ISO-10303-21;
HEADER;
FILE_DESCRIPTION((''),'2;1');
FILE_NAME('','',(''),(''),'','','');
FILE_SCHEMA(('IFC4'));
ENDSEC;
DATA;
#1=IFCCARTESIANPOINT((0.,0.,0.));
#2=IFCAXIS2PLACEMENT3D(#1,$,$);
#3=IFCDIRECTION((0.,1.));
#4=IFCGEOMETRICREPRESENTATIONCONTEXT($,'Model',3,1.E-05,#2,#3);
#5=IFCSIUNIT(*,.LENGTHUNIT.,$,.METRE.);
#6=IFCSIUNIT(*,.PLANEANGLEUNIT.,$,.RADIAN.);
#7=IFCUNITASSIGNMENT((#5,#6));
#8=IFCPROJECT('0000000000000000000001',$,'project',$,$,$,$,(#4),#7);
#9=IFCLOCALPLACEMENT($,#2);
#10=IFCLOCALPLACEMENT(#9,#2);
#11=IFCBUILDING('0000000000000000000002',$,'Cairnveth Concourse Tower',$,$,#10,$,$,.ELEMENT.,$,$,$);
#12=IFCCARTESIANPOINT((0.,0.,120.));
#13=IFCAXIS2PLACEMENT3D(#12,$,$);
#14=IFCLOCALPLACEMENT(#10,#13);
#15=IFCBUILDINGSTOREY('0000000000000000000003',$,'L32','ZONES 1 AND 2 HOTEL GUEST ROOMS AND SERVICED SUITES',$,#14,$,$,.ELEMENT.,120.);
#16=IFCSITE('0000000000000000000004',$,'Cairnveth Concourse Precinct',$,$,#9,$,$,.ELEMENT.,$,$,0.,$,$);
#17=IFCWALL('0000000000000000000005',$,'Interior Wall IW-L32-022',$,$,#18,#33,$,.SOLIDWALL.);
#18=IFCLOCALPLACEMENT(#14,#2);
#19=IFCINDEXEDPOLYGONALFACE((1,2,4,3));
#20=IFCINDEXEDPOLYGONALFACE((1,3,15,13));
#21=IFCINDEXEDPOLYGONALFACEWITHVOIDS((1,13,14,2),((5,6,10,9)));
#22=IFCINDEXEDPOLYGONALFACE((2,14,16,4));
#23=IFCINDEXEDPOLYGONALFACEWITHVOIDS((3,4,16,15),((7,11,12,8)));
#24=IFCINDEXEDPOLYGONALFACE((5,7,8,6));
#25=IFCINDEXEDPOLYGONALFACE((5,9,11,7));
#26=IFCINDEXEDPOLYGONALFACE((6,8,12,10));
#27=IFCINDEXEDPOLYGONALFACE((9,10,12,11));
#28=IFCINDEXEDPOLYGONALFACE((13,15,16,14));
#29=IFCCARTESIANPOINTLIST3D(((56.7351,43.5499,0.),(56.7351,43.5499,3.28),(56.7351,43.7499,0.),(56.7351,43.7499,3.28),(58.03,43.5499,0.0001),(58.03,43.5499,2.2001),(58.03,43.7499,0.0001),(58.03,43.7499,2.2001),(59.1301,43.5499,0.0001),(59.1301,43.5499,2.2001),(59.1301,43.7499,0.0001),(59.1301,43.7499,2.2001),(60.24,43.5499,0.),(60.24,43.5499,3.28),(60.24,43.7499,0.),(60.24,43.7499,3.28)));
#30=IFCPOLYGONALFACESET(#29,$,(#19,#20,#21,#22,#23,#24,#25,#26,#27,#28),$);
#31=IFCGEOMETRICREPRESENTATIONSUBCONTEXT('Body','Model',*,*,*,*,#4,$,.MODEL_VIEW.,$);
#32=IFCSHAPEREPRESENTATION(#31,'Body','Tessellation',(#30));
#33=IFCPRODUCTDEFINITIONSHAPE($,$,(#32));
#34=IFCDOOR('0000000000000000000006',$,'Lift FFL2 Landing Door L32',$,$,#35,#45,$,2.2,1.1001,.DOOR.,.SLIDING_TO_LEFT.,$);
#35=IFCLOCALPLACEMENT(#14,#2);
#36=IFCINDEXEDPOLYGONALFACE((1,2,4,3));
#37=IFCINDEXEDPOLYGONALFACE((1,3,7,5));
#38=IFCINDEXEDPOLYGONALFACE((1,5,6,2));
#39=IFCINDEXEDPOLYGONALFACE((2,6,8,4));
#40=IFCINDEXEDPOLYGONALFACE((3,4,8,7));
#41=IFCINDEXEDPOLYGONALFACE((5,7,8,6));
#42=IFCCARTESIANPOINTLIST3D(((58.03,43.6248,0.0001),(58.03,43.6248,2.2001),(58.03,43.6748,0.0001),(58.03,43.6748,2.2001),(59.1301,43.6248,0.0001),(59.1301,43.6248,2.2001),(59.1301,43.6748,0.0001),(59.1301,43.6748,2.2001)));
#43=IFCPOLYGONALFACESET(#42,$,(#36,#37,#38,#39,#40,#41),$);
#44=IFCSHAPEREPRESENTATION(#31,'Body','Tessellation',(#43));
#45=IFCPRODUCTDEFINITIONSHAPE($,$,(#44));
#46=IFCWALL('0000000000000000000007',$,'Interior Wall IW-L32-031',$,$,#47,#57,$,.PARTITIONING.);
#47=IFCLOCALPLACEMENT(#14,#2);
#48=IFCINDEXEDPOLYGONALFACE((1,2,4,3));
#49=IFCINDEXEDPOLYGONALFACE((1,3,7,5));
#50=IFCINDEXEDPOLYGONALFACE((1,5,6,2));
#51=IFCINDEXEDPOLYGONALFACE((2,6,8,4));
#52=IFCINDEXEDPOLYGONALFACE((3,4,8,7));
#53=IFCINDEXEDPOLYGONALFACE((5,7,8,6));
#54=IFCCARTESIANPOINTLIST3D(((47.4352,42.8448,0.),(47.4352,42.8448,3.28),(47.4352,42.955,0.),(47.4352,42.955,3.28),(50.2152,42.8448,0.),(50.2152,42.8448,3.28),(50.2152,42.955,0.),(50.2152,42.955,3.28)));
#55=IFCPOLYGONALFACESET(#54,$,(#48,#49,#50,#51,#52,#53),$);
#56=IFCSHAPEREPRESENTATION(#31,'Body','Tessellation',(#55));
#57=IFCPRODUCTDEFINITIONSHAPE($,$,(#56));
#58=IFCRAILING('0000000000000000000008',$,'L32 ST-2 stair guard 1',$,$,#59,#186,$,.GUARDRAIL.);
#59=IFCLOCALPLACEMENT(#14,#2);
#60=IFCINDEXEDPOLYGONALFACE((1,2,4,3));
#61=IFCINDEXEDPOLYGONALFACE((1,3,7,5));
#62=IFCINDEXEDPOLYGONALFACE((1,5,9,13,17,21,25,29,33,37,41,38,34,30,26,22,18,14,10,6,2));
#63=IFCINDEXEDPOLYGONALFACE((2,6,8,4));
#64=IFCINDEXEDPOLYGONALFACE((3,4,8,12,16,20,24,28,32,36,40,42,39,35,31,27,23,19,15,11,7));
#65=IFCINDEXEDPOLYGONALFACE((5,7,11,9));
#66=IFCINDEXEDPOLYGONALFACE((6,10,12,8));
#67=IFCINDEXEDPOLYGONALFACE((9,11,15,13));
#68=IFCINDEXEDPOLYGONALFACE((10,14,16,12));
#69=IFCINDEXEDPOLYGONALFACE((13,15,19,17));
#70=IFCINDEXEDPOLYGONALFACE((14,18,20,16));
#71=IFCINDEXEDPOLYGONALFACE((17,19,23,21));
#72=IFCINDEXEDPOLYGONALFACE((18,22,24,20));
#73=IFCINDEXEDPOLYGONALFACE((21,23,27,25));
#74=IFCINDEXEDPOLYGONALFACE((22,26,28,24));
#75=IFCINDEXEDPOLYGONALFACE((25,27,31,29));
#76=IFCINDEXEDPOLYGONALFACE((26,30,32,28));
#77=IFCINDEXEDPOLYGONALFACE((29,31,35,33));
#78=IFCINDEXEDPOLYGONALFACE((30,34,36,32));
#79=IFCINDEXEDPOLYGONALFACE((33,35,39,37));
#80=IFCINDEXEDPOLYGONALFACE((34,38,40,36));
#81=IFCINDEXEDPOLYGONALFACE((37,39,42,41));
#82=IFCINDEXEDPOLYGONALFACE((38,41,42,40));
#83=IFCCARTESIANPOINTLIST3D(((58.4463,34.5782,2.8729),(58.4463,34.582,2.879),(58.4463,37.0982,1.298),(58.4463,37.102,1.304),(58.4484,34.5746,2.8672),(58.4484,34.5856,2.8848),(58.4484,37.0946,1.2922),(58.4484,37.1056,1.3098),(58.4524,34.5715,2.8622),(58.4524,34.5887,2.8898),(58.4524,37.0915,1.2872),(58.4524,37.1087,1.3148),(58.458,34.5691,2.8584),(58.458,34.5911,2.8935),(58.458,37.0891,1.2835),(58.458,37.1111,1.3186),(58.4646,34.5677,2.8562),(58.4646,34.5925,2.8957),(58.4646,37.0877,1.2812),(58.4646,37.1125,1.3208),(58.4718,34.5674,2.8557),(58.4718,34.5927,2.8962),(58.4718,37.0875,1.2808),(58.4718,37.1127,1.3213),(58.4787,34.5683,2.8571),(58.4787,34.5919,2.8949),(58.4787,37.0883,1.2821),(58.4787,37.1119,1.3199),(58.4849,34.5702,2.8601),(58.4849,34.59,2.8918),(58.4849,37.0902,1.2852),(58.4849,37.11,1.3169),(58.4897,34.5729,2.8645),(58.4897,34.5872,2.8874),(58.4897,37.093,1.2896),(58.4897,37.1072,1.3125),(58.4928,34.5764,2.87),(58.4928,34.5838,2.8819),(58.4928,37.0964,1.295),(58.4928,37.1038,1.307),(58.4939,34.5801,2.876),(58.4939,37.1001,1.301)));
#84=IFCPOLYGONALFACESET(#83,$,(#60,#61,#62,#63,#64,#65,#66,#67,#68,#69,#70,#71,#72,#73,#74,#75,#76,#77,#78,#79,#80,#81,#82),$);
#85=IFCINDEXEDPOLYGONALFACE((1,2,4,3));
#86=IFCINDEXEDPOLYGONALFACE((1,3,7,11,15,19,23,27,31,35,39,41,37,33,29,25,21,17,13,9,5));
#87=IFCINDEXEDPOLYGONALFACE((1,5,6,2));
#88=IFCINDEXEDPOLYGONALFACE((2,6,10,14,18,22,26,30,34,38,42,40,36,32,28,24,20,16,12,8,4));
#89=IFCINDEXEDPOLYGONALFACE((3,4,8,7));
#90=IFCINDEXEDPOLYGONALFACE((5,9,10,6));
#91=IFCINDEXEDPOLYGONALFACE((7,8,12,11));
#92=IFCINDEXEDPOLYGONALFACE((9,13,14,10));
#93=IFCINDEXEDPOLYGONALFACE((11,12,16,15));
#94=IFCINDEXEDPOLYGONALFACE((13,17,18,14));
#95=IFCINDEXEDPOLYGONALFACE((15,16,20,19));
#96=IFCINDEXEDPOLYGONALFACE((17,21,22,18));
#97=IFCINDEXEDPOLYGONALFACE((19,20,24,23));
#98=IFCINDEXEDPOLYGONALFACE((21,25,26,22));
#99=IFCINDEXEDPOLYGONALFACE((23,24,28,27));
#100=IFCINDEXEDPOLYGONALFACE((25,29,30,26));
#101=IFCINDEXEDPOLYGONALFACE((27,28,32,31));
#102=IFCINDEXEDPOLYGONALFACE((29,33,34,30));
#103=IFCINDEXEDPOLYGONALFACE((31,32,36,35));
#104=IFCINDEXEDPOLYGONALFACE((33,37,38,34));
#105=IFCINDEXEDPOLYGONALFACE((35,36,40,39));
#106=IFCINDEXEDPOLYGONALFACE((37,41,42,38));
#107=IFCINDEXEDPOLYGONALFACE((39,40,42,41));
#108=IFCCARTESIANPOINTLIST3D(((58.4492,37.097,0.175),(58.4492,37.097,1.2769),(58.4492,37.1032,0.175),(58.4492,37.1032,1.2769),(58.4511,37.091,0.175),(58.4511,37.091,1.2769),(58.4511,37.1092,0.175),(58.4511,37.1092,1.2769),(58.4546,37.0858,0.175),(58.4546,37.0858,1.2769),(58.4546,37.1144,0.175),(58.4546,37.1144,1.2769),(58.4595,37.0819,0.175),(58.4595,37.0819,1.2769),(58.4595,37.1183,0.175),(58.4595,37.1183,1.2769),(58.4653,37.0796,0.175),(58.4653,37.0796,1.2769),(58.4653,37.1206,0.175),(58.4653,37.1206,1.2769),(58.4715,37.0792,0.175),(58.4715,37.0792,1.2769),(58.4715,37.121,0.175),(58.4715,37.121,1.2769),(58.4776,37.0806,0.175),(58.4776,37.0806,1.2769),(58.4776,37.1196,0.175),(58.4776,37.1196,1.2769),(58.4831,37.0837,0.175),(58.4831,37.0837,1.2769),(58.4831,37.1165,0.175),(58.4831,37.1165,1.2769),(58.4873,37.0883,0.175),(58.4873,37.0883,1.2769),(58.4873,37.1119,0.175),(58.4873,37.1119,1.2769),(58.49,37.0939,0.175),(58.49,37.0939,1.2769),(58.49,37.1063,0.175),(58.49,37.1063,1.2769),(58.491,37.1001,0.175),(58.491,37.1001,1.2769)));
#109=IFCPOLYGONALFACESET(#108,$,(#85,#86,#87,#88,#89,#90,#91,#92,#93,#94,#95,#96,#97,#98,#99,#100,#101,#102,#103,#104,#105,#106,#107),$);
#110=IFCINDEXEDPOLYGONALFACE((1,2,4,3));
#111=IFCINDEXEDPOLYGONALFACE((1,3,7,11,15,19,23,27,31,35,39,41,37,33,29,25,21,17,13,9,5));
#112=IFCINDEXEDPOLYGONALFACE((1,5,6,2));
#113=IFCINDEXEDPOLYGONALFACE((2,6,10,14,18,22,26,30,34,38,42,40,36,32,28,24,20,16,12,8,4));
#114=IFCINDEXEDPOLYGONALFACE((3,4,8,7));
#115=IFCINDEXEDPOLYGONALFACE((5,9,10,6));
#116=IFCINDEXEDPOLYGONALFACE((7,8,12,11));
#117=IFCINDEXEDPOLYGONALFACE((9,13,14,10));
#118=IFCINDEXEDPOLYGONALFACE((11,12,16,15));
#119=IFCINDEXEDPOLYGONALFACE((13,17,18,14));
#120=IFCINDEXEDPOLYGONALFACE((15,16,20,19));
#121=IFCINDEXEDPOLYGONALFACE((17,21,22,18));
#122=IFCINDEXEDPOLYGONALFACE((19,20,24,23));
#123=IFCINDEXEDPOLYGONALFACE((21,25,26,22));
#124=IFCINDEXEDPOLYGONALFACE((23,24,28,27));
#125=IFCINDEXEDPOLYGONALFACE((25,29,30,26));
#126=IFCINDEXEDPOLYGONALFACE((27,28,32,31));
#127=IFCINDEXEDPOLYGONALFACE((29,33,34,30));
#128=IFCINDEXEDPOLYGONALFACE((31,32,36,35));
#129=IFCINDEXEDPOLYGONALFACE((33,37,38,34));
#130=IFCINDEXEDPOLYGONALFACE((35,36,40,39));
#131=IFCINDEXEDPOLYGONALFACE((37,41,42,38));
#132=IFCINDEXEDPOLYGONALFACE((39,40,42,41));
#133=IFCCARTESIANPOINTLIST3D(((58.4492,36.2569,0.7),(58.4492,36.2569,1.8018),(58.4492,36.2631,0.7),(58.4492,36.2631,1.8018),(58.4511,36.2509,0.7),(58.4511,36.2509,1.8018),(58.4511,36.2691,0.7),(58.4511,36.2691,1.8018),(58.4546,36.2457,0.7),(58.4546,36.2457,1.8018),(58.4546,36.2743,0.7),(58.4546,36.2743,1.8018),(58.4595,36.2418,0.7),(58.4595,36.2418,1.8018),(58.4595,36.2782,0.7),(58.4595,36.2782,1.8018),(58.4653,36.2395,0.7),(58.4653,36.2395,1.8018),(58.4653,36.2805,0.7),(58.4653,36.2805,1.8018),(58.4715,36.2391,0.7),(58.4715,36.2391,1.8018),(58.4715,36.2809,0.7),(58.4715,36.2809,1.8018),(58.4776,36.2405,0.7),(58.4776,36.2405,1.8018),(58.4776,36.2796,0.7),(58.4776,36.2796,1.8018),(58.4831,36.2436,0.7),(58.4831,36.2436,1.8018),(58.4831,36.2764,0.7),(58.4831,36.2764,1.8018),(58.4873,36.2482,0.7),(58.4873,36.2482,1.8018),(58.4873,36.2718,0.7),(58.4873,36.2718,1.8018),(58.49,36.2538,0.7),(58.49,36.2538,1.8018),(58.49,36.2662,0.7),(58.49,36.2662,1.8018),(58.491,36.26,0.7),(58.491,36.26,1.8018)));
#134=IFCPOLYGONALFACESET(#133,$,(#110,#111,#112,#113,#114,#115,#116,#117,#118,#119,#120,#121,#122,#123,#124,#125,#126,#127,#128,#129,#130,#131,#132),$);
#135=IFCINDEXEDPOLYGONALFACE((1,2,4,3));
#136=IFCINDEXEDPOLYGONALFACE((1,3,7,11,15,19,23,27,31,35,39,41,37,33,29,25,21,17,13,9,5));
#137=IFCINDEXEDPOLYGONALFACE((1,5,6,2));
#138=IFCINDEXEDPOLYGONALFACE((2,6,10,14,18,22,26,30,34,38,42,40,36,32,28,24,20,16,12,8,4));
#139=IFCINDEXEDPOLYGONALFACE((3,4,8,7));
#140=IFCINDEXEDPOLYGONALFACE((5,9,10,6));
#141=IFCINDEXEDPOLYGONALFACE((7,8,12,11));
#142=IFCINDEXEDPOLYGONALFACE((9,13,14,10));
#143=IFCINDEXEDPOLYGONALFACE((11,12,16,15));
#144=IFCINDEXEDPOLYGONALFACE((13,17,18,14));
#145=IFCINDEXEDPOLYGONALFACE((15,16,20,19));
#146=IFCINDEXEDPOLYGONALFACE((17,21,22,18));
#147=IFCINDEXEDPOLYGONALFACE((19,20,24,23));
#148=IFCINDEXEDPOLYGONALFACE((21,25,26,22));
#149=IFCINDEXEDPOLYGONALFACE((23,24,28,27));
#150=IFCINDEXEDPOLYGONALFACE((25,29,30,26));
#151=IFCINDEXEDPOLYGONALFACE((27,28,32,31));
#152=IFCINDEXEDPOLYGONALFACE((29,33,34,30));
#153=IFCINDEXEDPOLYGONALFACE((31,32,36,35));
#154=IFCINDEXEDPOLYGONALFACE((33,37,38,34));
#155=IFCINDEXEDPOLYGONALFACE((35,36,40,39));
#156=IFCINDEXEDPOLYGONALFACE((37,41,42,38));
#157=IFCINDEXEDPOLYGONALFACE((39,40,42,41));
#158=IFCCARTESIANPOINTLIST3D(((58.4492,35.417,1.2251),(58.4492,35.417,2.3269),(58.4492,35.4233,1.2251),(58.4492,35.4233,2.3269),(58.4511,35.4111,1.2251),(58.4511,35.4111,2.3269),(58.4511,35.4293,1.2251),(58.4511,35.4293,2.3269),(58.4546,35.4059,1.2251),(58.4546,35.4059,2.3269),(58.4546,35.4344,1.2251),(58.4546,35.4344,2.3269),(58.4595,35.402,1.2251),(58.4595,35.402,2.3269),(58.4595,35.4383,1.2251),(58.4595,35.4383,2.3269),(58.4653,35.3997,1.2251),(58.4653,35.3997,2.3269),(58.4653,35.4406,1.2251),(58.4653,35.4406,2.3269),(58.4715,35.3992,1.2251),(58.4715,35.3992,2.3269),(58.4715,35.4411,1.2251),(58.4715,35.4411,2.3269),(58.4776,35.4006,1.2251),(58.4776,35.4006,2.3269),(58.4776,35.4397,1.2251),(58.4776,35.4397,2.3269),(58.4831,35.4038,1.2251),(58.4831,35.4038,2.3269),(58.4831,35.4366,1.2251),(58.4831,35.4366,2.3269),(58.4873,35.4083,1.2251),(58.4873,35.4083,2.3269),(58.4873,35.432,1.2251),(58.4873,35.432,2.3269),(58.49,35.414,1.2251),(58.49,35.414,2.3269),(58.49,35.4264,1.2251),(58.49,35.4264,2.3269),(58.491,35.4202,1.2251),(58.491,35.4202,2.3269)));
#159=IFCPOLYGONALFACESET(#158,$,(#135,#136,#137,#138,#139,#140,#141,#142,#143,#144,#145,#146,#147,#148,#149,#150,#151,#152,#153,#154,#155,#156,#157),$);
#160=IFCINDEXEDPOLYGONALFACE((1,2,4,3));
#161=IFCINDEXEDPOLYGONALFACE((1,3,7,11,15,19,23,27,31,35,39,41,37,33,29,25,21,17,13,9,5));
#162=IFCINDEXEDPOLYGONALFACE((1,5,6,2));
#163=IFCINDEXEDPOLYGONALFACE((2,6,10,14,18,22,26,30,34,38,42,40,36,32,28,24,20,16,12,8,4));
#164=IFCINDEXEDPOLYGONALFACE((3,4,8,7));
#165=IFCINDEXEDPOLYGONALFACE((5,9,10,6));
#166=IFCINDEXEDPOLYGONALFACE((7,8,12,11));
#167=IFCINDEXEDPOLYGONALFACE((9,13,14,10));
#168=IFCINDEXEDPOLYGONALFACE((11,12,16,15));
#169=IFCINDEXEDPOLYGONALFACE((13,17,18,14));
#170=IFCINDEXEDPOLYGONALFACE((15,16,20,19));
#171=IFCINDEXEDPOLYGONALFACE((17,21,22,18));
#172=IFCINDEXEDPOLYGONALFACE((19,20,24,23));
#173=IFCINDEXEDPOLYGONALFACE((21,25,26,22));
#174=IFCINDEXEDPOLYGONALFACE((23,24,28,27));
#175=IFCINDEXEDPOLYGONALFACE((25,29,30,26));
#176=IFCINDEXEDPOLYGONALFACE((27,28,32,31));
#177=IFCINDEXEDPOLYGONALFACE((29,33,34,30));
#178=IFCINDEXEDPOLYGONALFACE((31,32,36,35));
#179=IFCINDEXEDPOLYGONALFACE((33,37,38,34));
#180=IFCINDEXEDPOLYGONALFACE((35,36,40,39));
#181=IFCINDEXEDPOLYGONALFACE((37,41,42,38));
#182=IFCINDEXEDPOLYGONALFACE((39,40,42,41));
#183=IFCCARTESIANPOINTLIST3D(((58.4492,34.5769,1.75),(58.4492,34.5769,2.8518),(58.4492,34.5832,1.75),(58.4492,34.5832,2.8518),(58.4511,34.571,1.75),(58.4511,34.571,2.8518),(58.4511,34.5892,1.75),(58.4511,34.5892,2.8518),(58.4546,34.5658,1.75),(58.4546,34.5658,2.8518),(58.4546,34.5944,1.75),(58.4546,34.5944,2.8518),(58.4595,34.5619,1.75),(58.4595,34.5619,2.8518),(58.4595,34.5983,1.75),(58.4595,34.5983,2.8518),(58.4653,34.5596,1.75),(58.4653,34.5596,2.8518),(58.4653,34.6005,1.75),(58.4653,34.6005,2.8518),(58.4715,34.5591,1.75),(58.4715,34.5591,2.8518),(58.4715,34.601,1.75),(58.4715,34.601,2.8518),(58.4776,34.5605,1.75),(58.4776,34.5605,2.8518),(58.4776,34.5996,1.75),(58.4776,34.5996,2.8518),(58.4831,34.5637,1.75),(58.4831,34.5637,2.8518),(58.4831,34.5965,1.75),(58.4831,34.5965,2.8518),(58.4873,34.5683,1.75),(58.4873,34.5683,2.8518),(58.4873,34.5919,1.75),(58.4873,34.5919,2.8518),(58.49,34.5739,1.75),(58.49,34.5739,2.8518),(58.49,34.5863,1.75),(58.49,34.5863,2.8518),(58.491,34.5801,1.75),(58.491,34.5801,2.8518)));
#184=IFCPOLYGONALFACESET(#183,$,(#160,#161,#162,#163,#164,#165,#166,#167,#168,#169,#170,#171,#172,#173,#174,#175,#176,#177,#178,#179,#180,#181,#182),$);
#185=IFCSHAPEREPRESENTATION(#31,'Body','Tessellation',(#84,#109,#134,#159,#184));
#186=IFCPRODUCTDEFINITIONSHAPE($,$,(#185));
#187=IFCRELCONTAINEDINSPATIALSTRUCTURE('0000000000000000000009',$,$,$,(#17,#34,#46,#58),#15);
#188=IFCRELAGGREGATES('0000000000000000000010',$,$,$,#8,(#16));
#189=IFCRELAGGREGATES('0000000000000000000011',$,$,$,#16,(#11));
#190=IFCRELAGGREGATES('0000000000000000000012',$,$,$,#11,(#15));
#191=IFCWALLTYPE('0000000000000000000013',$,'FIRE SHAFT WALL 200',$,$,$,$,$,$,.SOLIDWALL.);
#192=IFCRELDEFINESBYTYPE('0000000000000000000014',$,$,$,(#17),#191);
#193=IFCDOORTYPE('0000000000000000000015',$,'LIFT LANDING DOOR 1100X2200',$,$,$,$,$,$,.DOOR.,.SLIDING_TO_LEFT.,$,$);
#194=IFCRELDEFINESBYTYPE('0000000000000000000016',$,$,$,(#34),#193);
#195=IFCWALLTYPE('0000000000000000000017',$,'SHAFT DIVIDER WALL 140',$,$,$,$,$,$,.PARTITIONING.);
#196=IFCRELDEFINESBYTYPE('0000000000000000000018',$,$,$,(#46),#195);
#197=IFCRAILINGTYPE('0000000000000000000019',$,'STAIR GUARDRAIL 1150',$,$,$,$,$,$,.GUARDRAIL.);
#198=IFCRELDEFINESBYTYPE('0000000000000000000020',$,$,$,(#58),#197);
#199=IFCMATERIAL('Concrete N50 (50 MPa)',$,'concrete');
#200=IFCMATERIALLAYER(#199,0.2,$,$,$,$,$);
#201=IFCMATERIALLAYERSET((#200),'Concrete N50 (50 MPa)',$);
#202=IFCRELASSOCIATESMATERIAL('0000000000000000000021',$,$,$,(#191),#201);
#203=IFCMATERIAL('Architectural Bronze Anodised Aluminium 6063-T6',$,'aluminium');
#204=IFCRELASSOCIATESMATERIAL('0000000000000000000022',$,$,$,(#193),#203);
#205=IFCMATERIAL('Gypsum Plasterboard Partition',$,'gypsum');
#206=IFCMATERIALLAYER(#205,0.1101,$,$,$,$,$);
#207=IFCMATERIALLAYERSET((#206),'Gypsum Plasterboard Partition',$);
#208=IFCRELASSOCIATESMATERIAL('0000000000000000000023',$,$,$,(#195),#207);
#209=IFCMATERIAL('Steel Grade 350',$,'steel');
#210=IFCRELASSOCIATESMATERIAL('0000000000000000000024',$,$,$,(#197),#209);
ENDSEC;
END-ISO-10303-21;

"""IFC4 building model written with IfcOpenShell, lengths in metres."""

from ifc_helpers import new_model, si_unit, direction, frame, frame_2d, origin, origin_2d, place, context, subcontext, project, spatial, rectangle, circle, extrude, material, layer, layer_set, type_object, element, fill, save


model = new_model("IFC4")

# Units and contexts
model_context = context("Model", 3, precision=1e-05, world=origin(), true_north=direction((0.0, 1.0)))
body_context = subcontext(model_context, "Body", "Model", "MODEL_VIEW")
ifc_project = project(units=[si_unit("LENGTHUNIT", "METRE"), si_unit("PLANEANGLEUNIT", "RADIAN")], contexts=[model_context])

# Site, building, storey
site_placement = place(None, origin())
site = spatial("IfcSite", under=ifc_project, at=site_placement, Name="Cairnveth Concourse Precinct", CompositionType="ELEMENT", RefElevation=0.0)
building_placement = place(site_placement, origin())
building = spatial("IfcBuilding", under=site, at=building_placement, Name="Cairnveth Concourse Tower", CompositionType="ELEMENT")
storey_placement = place(building_placement, frame((0.0, 0.0, 120.0)))
storey = spatial("IfcBuildingStorey", under=building, at=storey_placement, Name="L32", Description="ZONES 1 AND 2 HOTEL GUEST ROOMS AND SERVICED SUITES", CompositionType="ELEMENT", Elevation=120.0)

# Shared definitions
ifc_material_1 = material(Name="Concrete N50 (50 MPa)", Category="concrete")

# Shared definitions
ifc_material_2 = material(Name="Steel Grade 350", Category="steel")

# Shared definitions
ifc_layer_1 = layer(ifc_material_1, 0.2)
ifc_layer_set_1 = layer_set([ifc_layer_1], Name="Concrete N50 (50 MPa)")
wall_type_1 = type_object("IfcWallType", Name="FIRE SHAFT WALL 200", PredefinedType="SOLIDWALL", material=ifc_layer_set_1)

# Wall, opening, door
wall_1_placement = place(storey_placement, frame((56.7351, 43.6499, 0.0), z_axis=(0.0, 0.0, 1.0), x_axis=(1.0, 0.0, 0.0)))
wall_1 = element("IfcWall", 1, at=wall_1_placement, inside=storey, type_object=wall_type_1, Name="Interior Wall IW-L32-022", PredefinedType="SOLIDWALL", context=body_context, shape_type="SweptSolid", body=[
    extrude(rectangle(XDim=3.5049, YDim=0.2, at=frame_2d((1.7524, 0.0))), origin(), (0.0, 0.0, 1.0), 3.28),
])
opening_1_placement = place(wall_1_placement, frame((1.2949, 0.0, 0.0)))
opening_1 = element("IfcOpeningElement", 2, at=opening_1_placement, cuts=wall_1, PredefinedType="OPENING", context=body_context, shape_type="SweptSolid", body=[
    extrude(rectangle(XDim=1.1001, YDim=2.2, at=frame_2d((0.55, 1.1001))), frame((0.0, 0.1099, 0.0), z_axis=(0.0, -1.0, 0.0), x_axis=(1.0, 0.0, 0.0)), (0.0, 0.0, 1.0), 0.22),
])
ifc_material_3 = material(Name="Architectural Bronze Anodised Aluminium 6063-T6", Category="aluminium")
door_type_1 = type_object("IfcDoorType", Name="LIFT LANDING DOOR 1100X2200", OperationType="SLIDING_TO_LEFT", PredefinedType="DOOR", material=ifc_material_3)
door_1_placement = place(opening_1_placement, origin())
door_1 = element("IfcDoor", 3, at=door_1_placement, inside=storey, type_object=door_type_1, Name="Lift FFL2 Landing Door L32", OperationType="SLIDING_TO_LEFT", OverallHeight=2.2, OverallWidth=1.1001, PredefinedType="DOOR", context=body_context, shape_type="SweptSolid", body=[
    extrude(rectangle(XDim=1.1001, YDim=2.2, at=frame_2d((0.55, 1.1001))), frame((0.0, 0.0249, 0.0), z_axis=(0.0, -1.0, 0.0), x_axis=(1.0, 0.0, 0.0)), (0.0, 0.0, 1.0), 0.05),
])
fill(opening_1, door_1)

# Wall
ifc_material_4 = material(Name="Gypsum Plasterboard Partition", Category="gypsum")
ifc_layer_2 = layer(ifc_material_4, 0.1101)
ifc_layer_set_2 = layer_set([ifc_layer_2], Name="Gypsum Plasterboard Partition")
wall_type_2 = type_object("IfcWallType", Name="SHAFT DIVIDER WALL 140", PredefinedType="PARTITIONING", material=ifc_layer_set_2)
wall_2_placement = place(storey_placement, frame((47.4351, 42.8999, 0.0), z_axis=(0.0, 0.0, 1.0), x_axis=(1.0, 0.0, 0.0)))
element("IfcWall", 4, at=wall_2_placement, inside=storey, type_object=wall_type_2, Name="Interior Wall IW-L32-031", PredefinedType="PARTITIONING", context=body_context, shape_type="SweptSolid", body=[
    extrude(rectangle(XDim=2.78, YDim=0.1101, at=frame_2d((1.3901, 0.0))), origin(), (0.0, 0.0, 1.0), 3.28),
])

# Railing
railing_type = type_object("IfcRailingType", Name="STAIR GUARDRAIL 1150", PredefinedType="GUARDRAIL", material=ifc_material_2)
railing_1_placement = place(storey_placement, frame((58.47, 37.1001, 0.175)))
element("IfcRailing", 5, at=railing_1_placement, inside=storey, type_object=railing_type, Name="L32 ST-2 stair guard 1", PredefinedType="GUARDRAIL", context=body_context, shape_type="SweptSolid", body=[
    extrude(circle(Radius=0.0239, at=origin_2d()), frame((0.0, 0.0, 1.126), z_axis=(0.0, -0.848008, 0.529984), x_axis=(1.0, 0.0, 0.0)), (0.0, 0.0, 1.0), 2.9717),
    extrude(circle(Radius=0.021, at=origin_2d()), origin(), (0.0, 0.0, 1.0), 1.1018),
    extrude(circle(Radius=0.021, at=origin_2d()), frame((0.0, -0.8401, 0.5249)), (0.0, 0.0, 1.0), 1.1018),
    extrude(circle(Radius=0.021, at=origin_2d()), frame((0.0, -1.6799, 1.05)), (0.0, 0.0, 1.0), 1.1018),
    extrude(circle(Radius=0.021, at=origin_2d()), frame((0.0, -2.52, 1.575)), (0.0, 0.0, 1.0), 1.1018),
])

save(model, "model.ifc")
